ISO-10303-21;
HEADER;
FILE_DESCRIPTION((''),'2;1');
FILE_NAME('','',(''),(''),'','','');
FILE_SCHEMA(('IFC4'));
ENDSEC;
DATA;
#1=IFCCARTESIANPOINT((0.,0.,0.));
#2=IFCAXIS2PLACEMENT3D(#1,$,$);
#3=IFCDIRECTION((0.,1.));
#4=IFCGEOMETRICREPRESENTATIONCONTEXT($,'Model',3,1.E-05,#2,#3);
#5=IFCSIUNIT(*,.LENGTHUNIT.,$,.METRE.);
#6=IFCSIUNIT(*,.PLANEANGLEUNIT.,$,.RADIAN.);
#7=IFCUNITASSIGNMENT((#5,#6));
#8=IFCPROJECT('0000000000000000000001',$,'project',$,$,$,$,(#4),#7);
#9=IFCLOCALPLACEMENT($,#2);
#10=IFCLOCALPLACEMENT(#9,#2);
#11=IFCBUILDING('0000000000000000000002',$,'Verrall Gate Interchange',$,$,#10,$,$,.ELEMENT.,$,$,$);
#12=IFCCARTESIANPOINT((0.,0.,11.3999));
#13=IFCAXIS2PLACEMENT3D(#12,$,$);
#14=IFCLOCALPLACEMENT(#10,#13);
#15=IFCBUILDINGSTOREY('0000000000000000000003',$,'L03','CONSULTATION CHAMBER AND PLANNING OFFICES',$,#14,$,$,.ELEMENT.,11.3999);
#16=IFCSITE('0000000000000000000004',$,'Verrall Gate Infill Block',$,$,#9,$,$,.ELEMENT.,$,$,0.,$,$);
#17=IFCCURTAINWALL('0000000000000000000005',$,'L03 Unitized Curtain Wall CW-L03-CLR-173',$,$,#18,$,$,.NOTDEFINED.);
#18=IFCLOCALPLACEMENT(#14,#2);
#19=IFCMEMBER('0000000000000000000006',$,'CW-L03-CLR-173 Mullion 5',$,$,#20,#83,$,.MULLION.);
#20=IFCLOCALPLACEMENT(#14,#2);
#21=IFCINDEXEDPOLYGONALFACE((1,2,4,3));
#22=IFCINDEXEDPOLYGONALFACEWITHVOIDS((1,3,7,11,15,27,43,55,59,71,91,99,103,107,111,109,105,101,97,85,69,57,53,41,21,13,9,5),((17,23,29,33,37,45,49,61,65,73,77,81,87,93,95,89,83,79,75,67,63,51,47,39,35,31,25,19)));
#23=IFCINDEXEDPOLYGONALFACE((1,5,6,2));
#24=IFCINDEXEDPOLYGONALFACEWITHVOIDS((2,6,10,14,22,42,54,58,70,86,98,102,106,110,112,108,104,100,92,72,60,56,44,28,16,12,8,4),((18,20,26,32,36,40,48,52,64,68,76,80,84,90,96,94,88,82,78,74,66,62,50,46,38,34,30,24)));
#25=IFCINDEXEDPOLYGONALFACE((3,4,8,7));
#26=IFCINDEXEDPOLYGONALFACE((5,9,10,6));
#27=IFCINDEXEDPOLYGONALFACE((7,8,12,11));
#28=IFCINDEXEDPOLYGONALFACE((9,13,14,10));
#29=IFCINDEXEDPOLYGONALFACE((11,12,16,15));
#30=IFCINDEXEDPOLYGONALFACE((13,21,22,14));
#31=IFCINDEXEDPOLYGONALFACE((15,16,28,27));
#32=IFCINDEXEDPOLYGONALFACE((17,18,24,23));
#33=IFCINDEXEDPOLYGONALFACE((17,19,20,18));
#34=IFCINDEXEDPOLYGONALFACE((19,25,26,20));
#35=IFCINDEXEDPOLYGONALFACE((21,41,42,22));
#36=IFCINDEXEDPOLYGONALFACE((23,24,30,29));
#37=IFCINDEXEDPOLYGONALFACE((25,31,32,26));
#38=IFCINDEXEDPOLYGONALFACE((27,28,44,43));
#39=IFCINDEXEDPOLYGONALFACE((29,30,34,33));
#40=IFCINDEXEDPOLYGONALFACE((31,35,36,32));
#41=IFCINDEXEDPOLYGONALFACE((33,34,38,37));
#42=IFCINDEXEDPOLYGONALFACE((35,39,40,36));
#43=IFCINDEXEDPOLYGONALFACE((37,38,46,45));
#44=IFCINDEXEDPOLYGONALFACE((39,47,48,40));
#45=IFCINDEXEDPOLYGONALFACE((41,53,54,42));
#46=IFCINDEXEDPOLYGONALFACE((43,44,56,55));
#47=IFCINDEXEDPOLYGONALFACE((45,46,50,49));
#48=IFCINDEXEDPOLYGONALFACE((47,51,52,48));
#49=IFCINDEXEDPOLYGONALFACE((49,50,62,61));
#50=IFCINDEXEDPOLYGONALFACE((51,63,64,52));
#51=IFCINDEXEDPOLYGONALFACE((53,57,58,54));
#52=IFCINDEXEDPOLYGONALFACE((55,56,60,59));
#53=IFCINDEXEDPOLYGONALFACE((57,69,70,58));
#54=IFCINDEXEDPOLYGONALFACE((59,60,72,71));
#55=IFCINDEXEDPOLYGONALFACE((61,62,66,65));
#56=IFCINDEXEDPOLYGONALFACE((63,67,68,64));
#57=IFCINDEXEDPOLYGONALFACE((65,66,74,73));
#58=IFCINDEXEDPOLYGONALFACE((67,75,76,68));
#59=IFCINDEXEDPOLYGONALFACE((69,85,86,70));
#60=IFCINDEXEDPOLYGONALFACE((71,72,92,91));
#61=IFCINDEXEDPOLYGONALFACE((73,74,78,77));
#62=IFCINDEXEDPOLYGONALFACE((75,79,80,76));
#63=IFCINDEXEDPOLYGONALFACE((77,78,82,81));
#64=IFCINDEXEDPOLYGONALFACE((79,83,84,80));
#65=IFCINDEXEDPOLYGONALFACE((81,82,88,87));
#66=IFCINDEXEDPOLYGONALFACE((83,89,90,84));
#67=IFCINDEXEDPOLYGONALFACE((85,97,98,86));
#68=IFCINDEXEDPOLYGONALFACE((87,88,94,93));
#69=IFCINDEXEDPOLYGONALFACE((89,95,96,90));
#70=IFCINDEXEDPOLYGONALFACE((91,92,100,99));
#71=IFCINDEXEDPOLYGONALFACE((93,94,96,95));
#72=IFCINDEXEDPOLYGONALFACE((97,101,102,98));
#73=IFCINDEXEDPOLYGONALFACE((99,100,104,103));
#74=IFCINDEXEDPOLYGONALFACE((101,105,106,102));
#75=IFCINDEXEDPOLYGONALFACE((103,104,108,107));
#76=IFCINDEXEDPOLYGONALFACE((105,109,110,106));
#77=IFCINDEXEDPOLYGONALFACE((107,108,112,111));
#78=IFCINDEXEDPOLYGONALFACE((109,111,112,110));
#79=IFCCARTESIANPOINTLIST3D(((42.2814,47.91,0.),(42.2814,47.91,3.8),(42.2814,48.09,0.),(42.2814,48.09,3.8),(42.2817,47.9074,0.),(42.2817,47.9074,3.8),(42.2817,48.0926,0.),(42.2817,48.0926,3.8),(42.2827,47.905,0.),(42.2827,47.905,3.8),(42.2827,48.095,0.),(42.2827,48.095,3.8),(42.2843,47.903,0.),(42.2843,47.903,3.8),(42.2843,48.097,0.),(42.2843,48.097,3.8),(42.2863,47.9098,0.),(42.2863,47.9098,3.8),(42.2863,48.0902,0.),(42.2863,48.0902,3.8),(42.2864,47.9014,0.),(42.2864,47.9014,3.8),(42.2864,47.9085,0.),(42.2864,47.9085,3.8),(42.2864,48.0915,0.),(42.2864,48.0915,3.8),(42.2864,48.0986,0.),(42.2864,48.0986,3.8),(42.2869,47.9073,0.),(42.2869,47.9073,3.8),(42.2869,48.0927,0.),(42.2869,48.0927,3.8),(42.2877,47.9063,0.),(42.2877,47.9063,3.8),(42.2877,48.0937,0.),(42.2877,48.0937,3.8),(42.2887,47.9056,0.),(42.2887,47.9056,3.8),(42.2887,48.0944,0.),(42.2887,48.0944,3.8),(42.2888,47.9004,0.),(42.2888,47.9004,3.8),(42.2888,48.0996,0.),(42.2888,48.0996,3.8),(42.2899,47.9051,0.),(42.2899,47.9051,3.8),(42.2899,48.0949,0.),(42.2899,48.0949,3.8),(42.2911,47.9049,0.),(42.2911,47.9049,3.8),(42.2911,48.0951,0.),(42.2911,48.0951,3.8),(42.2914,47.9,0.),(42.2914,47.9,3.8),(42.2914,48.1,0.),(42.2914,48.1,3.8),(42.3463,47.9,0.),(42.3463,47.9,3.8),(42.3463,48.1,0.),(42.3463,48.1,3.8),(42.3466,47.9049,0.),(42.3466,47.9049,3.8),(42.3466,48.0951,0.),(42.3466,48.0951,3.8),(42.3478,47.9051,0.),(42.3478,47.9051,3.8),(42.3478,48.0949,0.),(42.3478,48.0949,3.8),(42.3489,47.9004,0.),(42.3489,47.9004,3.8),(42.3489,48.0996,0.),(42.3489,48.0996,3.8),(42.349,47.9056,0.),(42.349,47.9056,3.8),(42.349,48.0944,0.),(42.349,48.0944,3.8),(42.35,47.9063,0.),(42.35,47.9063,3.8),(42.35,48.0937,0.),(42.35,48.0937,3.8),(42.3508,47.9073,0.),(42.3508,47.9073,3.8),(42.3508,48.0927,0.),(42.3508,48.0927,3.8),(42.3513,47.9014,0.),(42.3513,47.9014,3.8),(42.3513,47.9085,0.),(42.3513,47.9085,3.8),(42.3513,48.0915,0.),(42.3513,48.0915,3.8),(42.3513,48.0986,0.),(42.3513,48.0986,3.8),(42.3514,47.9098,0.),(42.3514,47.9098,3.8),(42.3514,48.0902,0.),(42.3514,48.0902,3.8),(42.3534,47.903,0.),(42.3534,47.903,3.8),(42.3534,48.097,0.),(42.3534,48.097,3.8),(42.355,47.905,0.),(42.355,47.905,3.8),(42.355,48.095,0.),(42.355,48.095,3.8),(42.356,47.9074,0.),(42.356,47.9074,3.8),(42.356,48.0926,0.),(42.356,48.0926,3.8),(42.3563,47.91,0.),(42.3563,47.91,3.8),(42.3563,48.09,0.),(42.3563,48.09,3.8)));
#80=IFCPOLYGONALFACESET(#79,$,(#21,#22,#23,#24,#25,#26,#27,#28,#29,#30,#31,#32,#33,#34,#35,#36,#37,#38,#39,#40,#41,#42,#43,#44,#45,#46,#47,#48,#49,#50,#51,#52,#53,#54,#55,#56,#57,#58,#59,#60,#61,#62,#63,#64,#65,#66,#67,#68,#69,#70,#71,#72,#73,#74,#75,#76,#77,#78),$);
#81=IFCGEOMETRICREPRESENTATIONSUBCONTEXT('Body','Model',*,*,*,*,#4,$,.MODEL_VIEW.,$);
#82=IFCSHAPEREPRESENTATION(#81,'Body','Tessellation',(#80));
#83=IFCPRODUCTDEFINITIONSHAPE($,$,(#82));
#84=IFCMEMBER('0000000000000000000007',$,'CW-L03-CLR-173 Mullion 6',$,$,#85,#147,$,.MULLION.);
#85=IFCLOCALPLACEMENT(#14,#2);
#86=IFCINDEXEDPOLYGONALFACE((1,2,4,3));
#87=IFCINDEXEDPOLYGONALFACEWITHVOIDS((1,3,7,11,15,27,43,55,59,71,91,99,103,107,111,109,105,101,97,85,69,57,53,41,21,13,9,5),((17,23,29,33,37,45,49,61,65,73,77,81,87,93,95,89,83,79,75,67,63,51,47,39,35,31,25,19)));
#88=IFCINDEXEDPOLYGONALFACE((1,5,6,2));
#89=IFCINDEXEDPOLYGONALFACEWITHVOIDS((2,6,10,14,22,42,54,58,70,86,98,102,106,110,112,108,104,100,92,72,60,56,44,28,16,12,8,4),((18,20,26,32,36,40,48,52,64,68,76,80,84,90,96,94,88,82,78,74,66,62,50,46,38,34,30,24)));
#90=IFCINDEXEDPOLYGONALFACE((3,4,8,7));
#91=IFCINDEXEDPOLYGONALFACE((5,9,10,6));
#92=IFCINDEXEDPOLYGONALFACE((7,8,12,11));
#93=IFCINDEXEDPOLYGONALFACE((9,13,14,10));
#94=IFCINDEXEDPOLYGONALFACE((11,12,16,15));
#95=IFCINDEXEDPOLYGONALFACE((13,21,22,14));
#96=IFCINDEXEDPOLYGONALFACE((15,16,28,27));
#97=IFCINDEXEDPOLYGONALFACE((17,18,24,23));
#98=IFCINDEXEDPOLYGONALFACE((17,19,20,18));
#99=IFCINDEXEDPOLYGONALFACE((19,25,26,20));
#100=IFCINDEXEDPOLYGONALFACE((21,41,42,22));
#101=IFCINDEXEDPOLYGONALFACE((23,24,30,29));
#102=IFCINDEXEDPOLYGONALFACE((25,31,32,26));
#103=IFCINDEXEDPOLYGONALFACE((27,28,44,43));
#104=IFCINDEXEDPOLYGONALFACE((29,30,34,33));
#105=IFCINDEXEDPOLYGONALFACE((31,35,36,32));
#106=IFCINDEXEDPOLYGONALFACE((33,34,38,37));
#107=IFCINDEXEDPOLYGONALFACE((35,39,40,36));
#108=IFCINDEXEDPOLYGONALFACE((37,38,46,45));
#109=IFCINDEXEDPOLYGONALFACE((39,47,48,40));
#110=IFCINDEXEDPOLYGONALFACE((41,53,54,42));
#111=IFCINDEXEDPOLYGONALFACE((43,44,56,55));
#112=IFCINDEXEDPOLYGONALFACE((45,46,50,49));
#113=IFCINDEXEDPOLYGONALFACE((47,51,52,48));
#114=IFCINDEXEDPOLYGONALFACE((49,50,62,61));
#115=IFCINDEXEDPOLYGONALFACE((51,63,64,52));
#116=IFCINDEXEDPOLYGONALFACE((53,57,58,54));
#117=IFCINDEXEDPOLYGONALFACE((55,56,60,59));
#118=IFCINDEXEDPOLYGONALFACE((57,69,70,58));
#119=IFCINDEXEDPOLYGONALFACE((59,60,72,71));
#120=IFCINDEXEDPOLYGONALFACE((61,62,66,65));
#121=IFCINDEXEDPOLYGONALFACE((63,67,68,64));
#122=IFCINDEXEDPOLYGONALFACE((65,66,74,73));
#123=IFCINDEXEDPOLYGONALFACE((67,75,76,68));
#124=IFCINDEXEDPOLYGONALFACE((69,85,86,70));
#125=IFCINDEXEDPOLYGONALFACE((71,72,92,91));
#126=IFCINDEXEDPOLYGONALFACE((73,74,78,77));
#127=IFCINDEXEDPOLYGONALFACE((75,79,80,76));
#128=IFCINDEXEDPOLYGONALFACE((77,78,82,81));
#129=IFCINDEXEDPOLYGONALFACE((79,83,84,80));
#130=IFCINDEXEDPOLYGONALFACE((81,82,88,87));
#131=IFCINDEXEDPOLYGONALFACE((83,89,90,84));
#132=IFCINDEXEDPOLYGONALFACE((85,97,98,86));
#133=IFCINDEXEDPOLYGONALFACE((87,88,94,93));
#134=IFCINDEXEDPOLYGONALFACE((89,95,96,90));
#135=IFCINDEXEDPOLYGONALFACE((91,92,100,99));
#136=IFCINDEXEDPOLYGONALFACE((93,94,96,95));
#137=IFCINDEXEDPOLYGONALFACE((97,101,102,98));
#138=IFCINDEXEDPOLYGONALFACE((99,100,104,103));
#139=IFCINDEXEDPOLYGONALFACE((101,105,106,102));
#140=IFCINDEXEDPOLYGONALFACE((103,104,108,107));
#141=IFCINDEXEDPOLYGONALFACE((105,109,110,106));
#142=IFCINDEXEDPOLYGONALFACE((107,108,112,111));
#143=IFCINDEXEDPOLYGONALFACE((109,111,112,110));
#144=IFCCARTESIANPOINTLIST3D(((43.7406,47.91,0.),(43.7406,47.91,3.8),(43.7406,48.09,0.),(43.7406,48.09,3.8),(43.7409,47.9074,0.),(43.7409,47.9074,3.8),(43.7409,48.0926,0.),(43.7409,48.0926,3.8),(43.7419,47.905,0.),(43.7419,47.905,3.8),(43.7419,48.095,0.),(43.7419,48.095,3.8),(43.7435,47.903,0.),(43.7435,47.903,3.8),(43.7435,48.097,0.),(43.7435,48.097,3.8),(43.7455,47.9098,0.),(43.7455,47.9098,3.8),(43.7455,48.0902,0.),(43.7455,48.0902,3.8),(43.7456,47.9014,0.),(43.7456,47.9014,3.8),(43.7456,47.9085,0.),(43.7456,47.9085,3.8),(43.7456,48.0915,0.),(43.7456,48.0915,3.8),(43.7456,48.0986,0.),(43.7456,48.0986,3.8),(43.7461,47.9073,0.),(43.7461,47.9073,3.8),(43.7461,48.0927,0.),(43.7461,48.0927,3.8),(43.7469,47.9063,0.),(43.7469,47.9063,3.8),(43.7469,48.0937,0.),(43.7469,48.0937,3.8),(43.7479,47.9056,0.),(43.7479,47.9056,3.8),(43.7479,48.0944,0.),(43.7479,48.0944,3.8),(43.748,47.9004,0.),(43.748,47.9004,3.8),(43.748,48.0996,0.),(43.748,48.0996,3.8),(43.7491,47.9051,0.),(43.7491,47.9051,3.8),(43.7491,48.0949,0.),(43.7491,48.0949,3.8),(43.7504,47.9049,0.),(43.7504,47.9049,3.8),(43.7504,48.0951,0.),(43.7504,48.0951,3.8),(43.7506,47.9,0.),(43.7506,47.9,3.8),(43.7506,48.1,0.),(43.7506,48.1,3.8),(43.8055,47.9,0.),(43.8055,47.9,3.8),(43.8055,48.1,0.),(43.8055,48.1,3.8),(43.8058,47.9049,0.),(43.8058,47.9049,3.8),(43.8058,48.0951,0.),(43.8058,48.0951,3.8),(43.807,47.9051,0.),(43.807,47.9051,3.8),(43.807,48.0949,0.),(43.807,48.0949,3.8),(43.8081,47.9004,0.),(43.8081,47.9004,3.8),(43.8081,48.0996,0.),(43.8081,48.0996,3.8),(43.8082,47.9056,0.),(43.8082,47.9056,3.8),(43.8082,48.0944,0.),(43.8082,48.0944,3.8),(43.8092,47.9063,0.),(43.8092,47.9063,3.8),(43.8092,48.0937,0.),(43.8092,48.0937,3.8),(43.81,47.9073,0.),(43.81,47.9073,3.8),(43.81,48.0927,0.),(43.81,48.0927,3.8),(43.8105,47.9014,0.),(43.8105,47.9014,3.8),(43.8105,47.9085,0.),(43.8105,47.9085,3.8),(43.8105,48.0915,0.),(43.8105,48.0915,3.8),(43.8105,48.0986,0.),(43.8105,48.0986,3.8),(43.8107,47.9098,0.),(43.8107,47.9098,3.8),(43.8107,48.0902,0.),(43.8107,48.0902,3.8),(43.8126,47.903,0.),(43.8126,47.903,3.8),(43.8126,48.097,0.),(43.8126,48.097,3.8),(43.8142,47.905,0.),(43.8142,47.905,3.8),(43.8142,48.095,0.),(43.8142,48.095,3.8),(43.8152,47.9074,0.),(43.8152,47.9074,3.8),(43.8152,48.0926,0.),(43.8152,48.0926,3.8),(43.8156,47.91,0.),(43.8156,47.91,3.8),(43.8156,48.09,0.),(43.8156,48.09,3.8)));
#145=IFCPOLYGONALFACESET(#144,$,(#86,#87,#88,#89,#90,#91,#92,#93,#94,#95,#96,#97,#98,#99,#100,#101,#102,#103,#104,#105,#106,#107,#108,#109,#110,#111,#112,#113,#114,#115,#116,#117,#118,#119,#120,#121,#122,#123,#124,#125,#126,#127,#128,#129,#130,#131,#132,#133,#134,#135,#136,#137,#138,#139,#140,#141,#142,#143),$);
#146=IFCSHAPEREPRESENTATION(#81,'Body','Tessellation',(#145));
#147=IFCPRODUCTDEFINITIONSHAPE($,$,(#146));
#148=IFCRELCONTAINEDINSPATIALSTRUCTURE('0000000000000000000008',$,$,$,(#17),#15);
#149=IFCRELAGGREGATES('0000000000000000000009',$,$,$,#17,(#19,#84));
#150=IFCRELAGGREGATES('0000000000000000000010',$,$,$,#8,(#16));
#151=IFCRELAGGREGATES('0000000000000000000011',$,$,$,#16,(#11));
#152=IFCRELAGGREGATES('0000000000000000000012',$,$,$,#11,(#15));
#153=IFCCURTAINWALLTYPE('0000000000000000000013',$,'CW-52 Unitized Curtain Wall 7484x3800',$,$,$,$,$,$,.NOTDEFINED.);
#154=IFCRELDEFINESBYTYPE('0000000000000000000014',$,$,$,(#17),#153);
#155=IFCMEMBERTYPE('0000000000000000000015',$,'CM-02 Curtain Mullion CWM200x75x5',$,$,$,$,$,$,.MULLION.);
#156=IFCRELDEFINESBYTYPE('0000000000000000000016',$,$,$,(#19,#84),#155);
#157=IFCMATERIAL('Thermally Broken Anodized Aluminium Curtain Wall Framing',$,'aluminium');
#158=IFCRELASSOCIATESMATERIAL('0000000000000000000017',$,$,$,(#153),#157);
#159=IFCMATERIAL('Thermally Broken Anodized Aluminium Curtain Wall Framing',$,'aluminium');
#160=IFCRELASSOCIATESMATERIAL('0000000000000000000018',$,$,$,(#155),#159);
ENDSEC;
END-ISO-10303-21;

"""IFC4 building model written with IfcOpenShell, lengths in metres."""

from ifc_helpers import new_model, si_unit, direction, frame, origin, origin_2d, place, context, subcontext, project, spatial, hollow_rectangle, extrude, material, material_profile, profile_set, type_object, element, aggregate, save


model = new_model("IFC4")

# Units and contexts
model_context = context("Model", 3, precision=1e-05, world=origin(), true_north=direction((0.0, 1.0)))
body_context = subcontext(model_context, "Body", "Model", "MODEL_VIEW")
ifc_project = project(units=[si_unit("LENGTHUNIT", "METRE"), si_unit("PLANEANGLEUNIT", "RADIAN")], contexts=[model_context])

# Site, building, storey
site_placement = place(None, origin())
site = spatial("IfcSite", under=ifc_project, at=site_placement, Name="Verrall Gate Infill Block", CompositionType="ELEMENT", RefElevation=0.0)
building_placement = place(site_placement, origin())
building = spatial("IfcBuilding", under=site, at=building_placement, Name="Verrall Gate Interchange", CompositionType="ELEMENT")
storey_placement = place(building_placement, frame((0.0, 0.0, 11.3999)))
storey = spatial("IfcBuildingStorey", under=building, at=storey_placement, Name="L03", Description="CONSULTATION CHAMBER AND PLANNING OFFICES", CompositionType="ELEMENT", Elevation=11.3999)

# Curtain wall, members
ifc_material_1 = material(Name="Thermally Broken Anodized Aluminium Curtain Wall Framing", Category="aluminium")
curtain_wall_type = type_object("IfcCurtainWallType", Name="CW-52 Unitized Curtain Wall 7484x3800", PredefinedType="NOTDEFINED", material=ifc_material_1)
curtain_wall_placement = place(storey_placement, origin())
curtain_wall = element("IfcCurtainWall", 1, at=curtain_wall_placement, inside=storey, type_object=curtain_wall_type, Name="L03 Unitized Curtain Wall CW-L03-CLR-173", PredefinedType="NOTDEFINED")
ifc_material_2 = material(Name="Thermally Broken Anodized Aluminium Curtain Wall Framing", Category="aluminium")
ifc_material_profile_1 = material_profile(ifc_material_2, hollow_rectangle(XDim=0.075, YDim=0.2, WallThickness=0.0049, InnerFilletRadius=0.0049, OuterFilletRadius=0.01, at=origin_2d()), Name="CWM200x75x5")
ifc_profile_set_1 = profile_set([ifc_material_profile_1], Name="Thermally Broken Anodized Aluminium Curtain Wall Framing")
member_type_1 = type_object("IfcMemberType", Name="CM-02 Curtain Mullion CWM200x75x5", PredefinedType="MULLION", material=ifc_profile_set_1)
member_1_placement = place(storey_placement, frame((42.3188, 48.0, 0.0), z_axis=(0.0, 0.0, 1.0), x_axis=(1.0, 0.0, 0.0)))
member_1 = element("IfcMember", 2, at=member_1_placement, type_object=member_type_1, Name="CW-L03-CLR-173 Mullion 5", PredefinedType="MULLION", context=body_context, shape_type="SweptSolid", body=[
    extrude(hollow_rectangle(XDim=0.075, YDim=0.2, WallThickness=0.0049, InnerFilletRadius=0.0049, OuterFilletRadius=0.01, at=origin_2d()), origin(), (0.0, 0.0, 1.0), 3.8),
])
member_2_placement = place(storey_placement, frame((43.7781, 48.0, 0.0), z_axis=(0.0, 0.0, 1.0), x_axis=(1.0, 0.0, 0.0)))
member_2 = element("IfcMember", 3, at=member_2_placement, type_object=member_type_1, Name="CW-L03-CLR-173 Mullion 6", PredefinedType="MULLION", context=body_context, shape_type="SweptSolid", body=[
    extrude(hollow_rectangle(XDim=0.075, YDim=0.2, WallThickness=0.0049, InnerFilletRadius=0.0049, OuterFilletRadius=0.01, at=origin_2d()), origin(), (0.0, 0.0, 1.0), 3.8),
])

aggregate(curtain_wall, [member_1, member_2])

save(model, "model.ifc")
